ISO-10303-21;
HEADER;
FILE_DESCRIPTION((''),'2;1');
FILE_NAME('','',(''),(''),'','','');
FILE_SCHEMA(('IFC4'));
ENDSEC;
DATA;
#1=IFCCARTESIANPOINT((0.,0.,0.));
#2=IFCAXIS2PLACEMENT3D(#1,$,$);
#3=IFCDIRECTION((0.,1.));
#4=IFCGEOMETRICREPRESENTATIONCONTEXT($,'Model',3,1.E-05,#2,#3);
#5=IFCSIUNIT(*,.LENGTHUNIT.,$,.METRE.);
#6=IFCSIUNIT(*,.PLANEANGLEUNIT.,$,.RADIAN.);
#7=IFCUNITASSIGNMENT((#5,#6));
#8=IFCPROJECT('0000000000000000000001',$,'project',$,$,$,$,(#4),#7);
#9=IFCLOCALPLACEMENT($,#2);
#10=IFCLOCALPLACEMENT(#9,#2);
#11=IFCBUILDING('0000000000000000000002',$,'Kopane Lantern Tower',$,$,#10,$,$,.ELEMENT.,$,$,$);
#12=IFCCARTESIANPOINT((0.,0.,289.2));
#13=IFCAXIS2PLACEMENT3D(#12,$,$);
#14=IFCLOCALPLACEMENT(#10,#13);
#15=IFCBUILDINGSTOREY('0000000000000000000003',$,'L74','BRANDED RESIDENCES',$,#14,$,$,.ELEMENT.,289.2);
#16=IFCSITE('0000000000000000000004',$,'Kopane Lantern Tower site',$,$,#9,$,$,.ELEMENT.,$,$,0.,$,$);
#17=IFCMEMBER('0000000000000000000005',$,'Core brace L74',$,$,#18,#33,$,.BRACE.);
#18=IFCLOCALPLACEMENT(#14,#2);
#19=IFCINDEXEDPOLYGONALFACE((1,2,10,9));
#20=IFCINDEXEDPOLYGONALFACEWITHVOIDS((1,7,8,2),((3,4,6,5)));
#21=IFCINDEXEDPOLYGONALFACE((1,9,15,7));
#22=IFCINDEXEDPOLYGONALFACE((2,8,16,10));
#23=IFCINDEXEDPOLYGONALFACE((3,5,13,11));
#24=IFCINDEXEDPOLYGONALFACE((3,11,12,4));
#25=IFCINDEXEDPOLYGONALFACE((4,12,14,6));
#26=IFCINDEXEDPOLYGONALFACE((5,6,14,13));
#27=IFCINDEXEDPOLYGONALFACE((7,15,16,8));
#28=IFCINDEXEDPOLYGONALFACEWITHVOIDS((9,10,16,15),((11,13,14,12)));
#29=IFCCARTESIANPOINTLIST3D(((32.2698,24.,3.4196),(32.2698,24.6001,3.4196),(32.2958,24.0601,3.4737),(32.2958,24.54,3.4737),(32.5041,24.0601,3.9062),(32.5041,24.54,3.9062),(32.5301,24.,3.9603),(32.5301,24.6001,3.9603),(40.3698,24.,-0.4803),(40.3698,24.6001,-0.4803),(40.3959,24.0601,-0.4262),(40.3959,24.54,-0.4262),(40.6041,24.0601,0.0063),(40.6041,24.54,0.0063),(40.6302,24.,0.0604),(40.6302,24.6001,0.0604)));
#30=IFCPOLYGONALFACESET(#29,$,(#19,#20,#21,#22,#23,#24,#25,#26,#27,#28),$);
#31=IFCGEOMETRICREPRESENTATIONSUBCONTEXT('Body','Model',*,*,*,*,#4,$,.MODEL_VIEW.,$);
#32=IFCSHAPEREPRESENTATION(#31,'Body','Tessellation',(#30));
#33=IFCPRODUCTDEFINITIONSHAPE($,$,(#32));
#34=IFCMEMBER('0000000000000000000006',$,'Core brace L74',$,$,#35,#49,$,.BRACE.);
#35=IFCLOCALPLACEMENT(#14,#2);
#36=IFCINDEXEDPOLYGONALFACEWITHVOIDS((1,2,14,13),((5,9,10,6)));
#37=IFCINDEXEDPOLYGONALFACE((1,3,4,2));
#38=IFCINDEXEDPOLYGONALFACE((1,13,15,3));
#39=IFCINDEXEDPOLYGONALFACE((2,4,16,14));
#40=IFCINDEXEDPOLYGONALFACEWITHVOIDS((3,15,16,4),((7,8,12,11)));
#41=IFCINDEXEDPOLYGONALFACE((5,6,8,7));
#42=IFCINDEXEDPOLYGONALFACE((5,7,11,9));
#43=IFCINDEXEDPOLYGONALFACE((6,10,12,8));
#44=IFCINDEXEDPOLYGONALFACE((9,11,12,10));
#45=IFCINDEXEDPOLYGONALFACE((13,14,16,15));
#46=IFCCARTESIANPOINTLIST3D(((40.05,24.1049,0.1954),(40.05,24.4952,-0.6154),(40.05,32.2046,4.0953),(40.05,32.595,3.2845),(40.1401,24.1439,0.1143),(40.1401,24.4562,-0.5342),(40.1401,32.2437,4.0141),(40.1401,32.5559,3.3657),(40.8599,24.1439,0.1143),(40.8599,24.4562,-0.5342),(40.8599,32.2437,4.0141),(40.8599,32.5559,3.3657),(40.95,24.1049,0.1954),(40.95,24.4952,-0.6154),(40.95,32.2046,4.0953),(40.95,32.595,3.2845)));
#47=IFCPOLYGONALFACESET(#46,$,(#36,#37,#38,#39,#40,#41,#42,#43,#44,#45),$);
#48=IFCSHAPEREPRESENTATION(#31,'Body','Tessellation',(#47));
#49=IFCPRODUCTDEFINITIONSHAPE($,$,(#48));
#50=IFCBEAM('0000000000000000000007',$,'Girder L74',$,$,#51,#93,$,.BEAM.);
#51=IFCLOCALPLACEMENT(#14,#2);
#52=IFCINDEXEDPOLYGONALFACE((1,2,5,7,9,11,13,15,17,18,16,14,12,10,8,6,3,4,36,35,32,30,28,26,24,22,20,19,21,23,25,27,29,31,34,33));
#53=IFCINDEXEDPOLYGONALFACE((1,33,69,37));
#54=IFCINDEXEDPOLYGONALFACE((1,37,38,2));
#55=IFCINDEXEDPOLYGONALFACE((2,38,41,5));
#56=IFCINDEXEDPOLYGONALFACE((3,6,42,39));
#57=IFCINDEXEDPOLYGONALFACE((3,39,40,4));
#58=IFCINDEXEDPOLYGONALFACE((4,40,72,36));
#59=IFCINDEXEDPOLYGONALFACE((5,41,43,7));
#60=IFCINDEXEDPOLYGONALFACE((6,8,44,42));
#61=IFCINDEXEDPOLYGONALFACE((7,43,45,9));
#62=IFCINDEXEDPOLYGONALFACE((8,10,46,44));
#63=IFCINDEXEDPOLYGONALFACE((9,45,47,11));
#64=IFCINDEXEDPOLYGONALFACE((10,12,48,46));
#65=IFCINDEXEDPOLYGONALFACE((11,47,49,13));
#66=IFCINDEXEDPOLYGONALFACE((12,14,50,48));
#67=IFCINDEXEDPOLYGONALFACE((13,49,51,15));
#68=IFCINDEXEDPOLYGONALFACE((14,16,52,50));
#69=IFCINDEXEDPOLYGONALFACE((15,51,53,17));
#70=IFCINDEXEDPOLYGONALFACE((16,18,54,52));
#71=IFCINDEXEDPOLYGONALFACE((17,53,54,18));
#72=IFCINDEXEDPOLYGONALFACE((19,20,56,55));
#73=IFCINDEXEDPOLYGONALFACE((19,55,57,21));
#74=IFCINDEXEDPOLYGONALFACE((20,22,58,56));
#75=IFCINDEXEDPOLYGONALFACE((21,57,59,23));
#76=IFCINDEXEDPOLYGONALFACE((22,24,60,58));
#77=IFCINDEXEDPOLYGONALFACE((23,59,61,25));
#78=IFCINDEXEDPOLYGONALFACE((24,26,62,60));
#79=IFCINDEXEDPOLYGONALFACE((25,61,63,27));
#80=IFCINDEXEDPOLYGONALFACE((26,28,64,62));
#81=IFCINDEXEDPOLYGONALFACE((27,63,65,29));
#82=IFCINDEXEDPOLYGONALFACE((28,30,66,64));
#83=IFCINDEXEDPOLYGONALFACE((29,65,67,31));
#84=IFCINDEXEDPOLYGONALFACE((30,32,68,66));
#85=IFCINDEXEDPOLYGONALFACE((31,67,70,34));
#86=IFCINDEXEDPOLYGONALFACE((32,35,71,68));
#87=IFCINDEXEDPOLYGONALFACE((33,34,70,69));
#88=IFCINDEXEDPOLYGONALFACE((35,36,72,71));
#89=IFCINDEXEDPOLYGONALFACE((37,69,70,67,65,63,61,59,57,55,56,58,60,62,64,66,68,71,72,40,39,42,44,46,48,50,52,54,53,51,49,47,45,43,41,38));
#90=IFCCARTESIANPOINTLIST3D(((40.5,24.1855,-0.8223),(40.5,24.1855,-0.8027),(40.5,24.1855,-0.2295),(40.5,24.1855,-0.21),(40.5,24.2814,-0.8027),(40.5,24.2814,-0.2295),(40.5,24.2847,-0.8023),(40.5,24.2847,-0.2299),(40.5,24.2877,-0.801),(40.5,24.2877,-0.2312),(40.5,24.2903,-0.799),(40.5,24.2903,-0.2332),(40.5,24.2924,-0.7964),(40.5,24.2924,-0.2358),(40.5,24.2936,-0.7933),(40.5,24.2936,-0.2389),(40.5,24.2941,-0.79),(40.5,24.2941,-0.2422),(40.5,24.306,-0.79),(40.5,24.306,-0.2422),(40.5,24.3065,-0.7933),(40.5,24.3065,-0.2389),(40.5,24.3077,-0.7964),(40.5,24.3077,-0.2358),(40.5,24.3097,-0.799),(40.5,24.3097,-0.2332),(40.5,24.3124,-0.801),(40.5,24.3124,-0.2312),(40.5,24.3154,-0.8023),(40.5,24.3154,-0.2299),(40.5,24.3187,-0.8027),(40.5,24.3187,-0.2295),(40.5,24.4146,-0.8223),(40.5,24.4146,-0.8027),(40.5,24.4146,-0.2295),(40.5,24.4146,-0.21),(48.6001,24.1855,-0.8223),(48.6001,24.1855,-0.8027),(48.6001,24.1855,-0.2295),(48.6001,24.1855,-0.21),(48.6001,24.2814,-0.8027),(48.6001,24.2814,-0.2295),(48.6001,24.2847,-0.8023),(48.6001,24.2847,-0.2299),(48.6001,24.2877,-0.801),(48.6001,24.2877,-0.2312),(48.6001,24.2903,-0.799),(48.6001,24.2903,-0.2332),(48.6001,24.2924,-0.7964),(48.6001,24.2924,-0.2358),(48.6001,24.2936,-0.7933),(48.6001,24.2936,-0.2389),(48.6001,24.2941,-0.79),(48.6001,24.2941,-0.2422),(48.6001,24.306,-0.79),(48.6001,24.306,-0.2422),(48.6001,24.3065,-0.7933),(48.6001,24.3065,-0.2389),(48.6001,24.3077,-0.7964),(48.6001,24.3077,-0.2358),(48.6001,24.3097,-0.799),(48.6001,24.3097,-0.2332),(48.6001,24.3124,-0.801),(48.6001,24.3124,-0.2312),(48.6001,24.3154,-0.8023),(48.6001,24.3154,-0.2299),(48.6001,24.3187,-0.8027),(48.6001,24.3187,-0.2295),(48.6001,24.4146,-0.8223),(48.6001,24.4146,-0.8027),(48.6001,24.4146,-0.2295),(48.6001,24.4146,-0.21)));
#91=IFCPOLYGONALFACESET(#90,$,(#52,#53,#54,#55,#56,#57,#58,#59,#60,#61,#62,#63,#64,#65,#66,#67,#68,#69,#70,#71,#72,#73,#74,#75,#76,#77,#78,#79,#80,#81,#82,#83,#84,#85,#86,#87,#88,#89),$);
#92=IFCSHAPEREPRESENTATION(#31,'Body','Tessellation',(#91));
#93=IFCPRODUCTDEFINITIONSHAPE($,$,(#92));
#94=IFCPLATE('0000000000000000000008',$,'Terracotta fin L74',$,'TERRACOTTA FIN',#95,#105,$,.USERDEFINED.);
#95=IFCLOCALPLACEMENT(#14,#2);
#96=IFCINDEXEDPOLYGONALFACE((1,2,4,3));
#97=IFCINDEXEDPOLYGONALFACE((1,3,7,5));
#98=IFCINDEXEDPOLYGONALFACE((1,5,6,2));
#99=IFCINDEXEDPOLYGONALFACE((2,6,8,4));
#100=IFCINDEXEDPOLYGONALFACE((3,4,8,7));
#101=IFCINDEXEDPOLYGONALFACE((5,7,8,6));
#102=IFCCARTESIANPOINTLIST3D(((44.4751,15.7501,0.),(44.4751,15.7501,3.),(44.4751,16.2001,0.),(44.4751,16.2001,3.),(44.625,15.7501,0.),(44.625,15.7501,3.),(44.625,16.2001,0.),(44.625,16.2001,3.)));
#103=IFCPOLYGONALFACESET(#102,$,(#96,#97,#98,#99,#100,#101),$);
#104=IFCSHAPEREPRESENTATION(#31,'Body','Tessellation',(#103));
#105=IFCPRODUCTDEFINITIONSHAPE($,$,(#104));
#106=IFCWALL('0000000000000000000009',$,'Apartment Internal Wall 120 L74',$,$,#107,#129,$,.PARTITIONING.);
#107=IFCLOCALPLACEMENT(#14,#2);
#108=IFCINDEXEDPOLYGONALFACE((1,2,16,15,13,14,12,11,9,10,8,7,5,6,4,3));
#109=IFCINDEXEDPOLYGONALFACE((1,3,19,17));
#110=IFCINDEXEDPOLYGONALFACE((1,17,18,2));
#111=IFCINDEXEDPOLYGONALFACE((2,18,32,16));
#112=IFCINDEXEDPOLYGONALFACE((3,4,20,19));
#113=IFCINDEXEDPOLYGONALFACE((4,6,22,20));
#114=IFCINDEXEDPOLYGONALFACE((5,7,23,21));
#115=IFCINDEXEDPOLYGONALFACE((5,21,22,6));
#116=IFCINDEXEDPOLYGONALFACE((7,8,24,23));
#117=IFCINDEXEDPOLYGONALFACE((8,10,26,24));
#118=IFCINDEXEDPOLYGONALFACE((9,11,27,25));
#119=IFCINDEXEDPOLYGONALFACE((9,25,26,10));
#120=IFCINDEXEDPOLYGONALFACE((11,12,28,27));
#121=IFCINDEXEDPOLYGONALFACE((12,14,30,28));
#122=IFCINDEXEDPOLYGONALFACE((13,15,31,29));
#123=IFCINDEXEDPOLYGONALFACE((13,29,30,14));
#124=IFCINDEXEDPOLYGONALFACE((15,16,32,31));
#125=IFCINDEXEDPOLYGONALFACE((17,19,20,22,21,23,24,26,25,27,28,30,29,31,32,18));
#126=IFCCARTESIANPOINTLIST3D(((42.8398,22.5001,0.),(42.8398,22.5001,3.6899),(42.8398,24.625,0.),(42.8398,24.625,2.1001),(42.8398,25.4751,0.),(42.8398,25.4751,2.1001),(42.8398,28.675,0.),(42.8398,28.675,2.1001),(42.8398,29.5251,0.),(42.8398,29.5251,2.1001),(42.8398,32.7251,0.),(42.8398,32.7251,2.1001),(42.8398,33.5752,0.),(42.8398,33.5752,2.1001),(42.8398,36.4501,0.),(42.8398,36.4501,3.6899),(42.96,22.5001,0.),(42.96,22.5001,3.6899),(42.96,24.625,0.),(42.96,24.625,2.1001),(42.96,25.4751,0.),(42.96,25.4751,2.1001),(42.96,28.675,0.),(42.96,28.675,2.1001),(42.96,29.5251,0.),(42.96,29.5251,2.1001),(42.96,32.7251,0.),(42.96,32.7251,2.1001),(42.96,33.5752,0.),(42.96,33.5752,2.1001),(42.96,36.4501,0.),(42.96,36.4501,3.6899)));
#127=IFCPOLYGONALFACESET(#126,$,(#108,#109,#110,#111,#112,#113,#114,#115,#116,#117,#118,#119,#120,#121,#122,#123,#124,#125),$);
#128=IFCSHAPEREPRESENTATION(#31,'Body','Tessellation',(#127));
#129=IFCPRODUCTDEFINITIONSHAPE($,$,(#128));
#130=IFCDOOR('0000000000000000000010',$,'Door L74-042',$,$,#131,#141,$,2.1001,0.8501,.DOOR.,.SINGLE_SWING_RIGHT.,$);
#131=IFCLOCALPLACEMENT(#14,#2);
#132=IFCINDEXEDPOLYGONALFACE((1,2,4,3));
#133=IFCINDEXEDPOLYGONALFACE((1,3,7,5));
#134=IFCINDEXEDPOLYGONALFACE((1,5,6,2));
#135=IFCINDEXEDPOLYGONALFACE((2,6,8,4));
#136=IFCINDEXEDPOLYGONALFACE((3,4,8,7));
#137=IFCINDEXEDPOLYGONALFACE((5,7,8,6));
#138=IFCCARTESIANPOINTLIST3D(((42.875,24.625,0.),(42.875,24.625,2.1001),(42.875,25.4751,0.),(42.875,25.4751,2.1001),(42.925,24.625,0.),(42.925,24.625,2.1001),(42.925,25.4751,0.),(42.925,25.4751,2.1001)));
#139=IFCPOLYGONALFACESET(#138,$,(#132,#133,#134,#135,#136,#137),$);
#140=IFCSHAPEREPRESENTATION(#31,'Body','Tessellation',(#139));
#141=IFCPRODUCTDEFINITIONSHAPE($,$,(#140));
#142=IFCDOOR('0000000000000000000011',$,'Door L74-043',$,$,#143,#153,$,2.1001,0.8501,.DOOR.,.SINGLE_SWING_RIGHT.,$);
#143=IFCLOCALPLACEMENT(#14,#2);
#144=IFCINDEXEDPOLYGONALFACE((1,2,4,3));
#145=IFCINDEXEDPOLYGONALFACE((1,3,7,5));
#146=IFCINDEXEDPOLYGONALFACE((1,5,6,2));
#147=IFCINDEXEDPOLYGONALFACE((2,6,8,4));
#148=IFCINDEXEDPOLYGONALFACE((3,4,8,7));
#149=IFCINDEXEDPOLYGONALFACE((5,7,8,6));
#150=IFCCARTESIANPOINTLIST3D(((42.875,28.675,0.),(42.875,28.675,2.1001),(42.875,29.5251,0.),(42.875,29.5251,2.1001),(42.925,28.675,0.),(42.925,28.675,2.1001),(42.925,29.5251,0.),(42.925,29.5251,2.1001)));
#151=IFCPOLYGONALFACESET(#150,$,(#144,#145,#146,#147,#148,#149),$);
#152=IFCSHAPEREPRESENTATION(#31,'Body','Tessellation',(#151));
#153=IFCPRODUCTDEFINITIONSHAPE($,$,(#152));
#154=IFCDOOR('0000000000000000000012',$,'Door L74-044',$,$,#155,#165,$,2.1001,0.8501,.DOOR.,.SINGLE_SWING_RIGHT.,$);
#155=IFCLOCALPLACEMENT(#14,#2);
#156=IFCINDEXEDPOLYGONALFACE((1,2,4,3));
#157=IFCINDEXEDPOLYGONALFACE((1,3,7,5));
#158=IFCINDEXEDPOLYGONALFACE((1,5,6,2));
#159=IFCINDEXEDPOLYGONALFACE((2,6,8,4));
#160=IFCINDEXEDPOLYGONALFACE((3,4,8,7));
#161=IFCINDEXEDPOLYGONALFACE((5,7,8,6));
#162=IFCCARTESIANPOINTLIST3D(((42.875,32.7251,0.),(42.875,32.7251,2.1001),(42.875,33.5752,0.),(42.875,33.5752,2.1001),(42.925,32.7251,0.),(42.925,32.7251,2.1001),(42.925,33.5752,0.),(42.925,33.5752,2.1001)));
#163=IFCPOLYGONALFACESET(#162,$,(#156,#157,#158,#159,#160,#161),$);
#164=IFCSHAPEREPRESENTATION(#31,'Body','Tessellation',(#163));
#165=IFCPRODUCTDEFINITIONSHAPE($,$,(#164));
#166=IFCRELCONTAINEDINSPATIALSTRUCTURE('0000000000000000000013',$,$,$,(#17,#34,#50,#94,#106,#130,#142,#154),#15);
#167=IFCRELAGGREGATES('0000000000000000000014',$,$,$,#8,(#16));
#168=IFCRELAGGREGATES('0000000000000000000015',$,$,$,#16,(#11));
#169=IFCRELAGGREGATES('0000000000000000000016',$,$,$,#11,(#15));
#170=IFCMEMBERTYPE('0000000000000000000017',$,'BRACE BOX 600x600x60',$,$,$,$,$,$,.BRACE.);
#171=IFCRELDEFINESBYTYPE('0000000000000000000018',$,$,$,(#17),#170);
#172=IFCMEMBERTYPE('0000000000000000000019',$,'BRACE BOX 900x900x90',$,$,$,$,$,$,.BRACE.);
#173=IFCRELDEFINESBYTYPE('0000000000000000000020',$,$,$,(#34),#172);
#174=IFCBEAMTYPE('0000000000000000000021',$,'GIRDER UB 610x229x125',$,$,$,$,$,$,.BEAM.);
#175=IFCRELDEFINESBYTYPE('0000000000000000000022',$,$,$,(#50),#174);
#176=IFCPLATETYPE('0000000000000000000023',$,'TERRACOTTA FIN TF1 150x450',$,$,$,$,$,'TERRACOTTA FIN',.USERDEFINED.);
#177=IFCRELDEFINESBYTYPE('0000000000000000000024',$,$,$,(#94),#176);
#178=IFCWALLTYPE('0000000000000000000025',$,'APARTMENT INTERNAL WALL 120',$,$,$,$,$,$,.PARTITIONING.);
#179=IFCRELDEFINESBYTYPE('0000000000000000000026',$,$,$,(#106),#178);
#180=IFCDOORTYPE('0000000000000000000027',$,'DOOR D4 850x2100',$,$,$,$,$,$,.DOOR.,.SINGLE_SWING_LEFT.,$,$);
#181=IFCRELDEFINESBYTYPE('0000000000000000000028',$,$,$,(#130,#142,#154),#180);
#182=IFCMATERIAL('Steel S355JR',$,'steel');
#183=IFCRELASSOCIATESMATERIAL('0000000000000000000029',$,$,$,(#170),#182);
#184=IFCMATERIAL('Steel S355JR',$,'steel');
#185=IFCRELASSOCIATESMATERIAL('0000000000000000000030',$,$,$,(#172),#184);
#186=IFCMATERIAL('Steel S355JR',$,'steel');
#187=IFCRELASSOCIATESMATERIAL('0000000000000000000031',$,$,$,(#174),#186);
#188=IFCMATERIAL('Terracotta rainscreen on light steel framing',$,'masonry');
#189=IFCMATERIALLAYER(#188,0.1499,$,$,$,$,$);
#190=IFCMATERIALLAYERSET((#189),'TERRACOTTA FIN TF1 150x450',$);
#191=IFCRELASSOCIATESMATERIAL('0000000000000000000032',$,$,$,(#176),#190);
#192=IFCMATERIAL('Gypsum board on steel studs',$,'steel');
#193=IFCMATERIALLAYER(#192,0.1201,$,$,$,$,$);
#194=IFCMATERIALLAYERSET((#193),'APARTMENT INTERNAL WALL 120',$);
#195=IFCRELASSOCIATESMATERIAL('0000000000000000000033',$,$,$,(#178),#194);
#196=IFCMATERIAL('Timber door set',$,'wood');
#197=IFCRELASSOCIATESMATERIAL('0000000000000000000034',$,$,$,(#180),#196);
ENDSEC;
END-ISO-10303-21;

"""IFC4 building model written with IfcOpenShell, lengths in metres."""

from ifc_helpers import new_model, si_unit, direction, frame, frame_2d, origin, origin_2d, place, context, subcontext, project, spatial, rectangle, hollow_rectangle, i_section, extrude, material, layer, layer_set, material_profile, profile_set, type_object, element, fill, save


model = new_model("IFC4")

# Units and contexts
model_context = context("Model", 3, precision=1e-05, world=origin(), true_north=direction((0.0, 1.0)))
body_context = subcontext(model_context, "Body", "Model", "MODEL_VIEW")
ifc_project = project(units=[si_unit("LENGTHUNIT", "METRE"), si_unit("PLANEANGLEUNIT", "RADIAN")], contexts=[model_context])

# Site, building, storey
site_placement = place(None, origin())
site = spatial("IfcSite", under=ifc_project, at=site_placement, Name="Kopane Lantern Tower site", CompositionType="ELEMENT", RefElevation=0.0)
building_placement = place(site_placement, origin())
building = spatial("IfcBuilding", under=site, at=building_placement, Name="Kopane Lantern Tower", CompositionType="ELEMENT")
storey_placement = place(building_placement, frame((0.0, 0.0, 289.2)))
storey = spatial("IfcBuildingStorey", under=building, at=storey_placement, Name="L74", Description="BRANDED RESIDENCES", CompositionType="ELEMENT", Elevation=289.2)

# Members
ifc_material_1 = material(Name="Steel S355JR", Category="steel")
ifc_material_profile_1 = material_profile(ifc_material_1, hollow_rectangle(XDim=0.6001, YDim=0.6001, WallThickness=0.0601, at=origin_2d()), Name="BOX 600x600x60")
ifc_profile_set_1 = profile_set([ifc_material_profile_1], Name="Steel S355JR")
member_type_1 = type_object("IfcMemberType", Name="BRACE BOX 600x600x60", PredefinedType="BRACE", material=ifc_profile_set_1)
member_1_placement = place(storey_placement, frame((40.5, 24.3, -0.21), z_axis=(-0.901008, 0.0, 0.433803), x_axis=(0.0, -1.0, 0.0)))
element("IfcMember", 1, at=member_1_placement, inside=storey, type_object=member_type_1, Name="Core brace L74", PredefinedType="BRACE", context=body_context, shape_type="SweptSolid", body=[
    extrude(hollow_rectangle(XDim=0.6001, YDim=0.6001, WallThickness=0.0601, at=origin_2d()), origin(), (0.0, 0.0, 1.0), 8.99),
])
ifc_material_2 = material(Name="Steel S355JR", Category="steel")
ifc_material_profile_2 = material_profile(ifc_material_2, hollow_rectangle(XDim=0.8999, YDim=0.8999, WallThickness=0.0901, at=origin_2d()), Name="BOX 900x900x90")
ifc_profile_set_2 = profile_set([ifc_material_profile_2], Name="Steel S355JR")
member_type_2 = type_object("IfcMemberType", Name="BRACE BOX 900x900x90", PredefinedType="BRACE", material=ifc_profile_set_2)
member_2_placement = place(storey_placement, frame((40.5, 24.3, -0.21), z_axis=(0.0, 0.901003, 0.433813), x_axis=(-1.0, 0.0, 0.0)))
element("IfcMember", 2, at=member_2_placement, inside=storey, type_object=member_type_2, Name="Core brace L74", PredefinedType="BRACE", context=body_context, shape_type="SweptSolid", body=[
    extrude(hollow_rectangle(XDim=0.8999, YDim=0.8999, WallThickness=0.0901, at=origin_2d()), origin(), (0.0, 0.0, 1.0), 8.9897),
])

# Beam
ifc_material_3 = material(Name="Steel S355JR", Category="steel")
ifc_material_profile_3 = material_profile(ifc_material_3, i_section(OverallWidth=0.229, OverallDepth=0.6123, WebThickness=0.012, FlangeThickness=0.0195, FilletRadius=0.0127, at=origin_2d()), Name="UB 610x229x125")
ifc_profile_set_3 = profile_set([ifc_material_profile_3], Name="Steel S355JR")
beam_type = type_object("IfcBeamType", Name="GIRDER UB 610x229x125", PredefinedType="BEAM", material=ifc_profile_set_3)
beam_placement = place(storey_placement, frame((40.5, 24.3, -0.5161), z_axis=(1.0, 0.0, 0.0), x_axis=(0.0, 1.0, 0.0)))
element("IfcBeam", 3, at=beam_placement, inside=storey, type_object=beam_type, Name="Girder L74", PredefinedType="BEAM", context=body_context, shape_type="SweptSolid", body=[
    extrude(i_section(OverallWidth=0.229, OverallDepth=0.6123, WebThickness=0.012, FlangeThickness=0.0195, FilletRadius=0.0127, at=origin_2d()), origin(), (0.0, 0.0, 1.0), 8.1001),
])

# Plate
ifc_material_4 = material(Name="Terracotta rainscreen on light steel framing", Category="masonry")
ifc_layer_1 = layer(ifc_material_4, 0.1499)
ifc_layer_set_1 = layer_set([ifc_layer_1], Name="TERRACOTTA FIN TF1 150x450")
plate_type = type_object("IfcPlateType", Name="TERRACOTTA FIN TF1 150x450", ElementType="TERRACOTTA FIN", PredefinedType="USERDEFINED", material=ifc_layer_set_1)
plate_placement = place(storey_placement, frame((44.55, 15.9751, 0.0), z_axis=(0.0, 0.0, 1.0), x_axis=(1.0, 0.0, 0.0)))
element("IfcPlate", 4, at=plate_placement, inside=storey, type_object=plate_type, Name="Terracotta fin L74", ObjectType="TERRACOTTA FIN", PredefinedType="USERDEFINED", context=body_context, shape_type="SweptSolid", body=[
    extrude(rectangle(XDim=0.1499, YDim=0.45, at=origin_2d()), origin(), (0.0, 0.0, 1.0), 3.0),
])

# Wall, openings, doors
ifc_material_5 = material(Name="Gypsum board on steel studs", Category="steel")
ifc_layer_2 = layer(ifc_material_5, 0.1201)
ifc_layer_set_2 = layer_set([ifc_layer_2], Name="APARTMENT INTERNAL WALL 120")
wall_type_1 = type_object("IfcWallType", Name="APARTMENT INTERNAL WALL 120", PredefinedType="PARTITIONING", material=ifc_layer_set_2)
wall_1_placement = place(storey_placement, frame((42.8999, 22.5, 0.0), z_axis=(0.0, 0.0, 1.0), x_axis=(0.0, 1.0, 0.0)))
wall_1 = element("IfcWall", 5, at=wall_1_placement, inside=storey, type_object=wall_type_1, Name="Apartment Internal Wall 120 L74", PredefinedType="PARTITIONING", context=body_context, shape_type="SweptSolid", body=[
    extrude(rectangle(XDim=13.95, YDim=0.1201, at=frame_2d((6.9751, 0.0))), origin(), (0.0, 0.0, 1.0), 3.6899),
])
opening_1_placement = place(wall_1_placement, frame((2.125, 0.0, 0.0)))
opening_1 = element("IfcOpeningElement", 6, at=opening_1_placement, cuts=wall_1, PredefinedType="OPENING", context=body_context, shape_type="SweptSolid", body=[
    extrude(rectangle(XDim=0.8501, YDim=2.1001, at=frame_2d((0.425, 1.05))), frame((0.0, 0.0701, 0.0), z_axis=(0.0, -1.0, 0.0), x_axis=(1.0, 0.0, 0.0)), (0.0, 0.0, 1.0), 0.1401),
])
opening_2_placement = place(wall_1_placement, frame((6.175, 0.0, 0.0)))
opening_2 = element("IfcOpeningElement", 7, at=opening_2_placement, cuts=wall_1, PredefinedType="OPENING", context=body_context, shape_type="SweptSolid", body=[
    extrude(rectangle(XDim=0.8501, YDim=2.1001, at=frame_2d((0.425, 1.05))), frame((0.0, 0.0701, 0.0), z_axis=(0.0, -1.0, 0.0), x_axis=(1.0, 0.0, 0.0)), (0.0, 0.0, 1.0), 0.1401),
])
opening_3_placement = place(wall_1_placement, frame((10.2251, 0.0, 0.0)))
opening_3 = element("IfcOpeningElement", 8, at=opening_3_placement, cuts=wall_1, PredefinedType="OPENING", context=body_context, shape_type="SweptSolid", body=[
    extrude(rectangle(XDim=0.8501, YDim=2.1001, at=frame_2d((0.425, 1.05))), frame((0.0, 0.0701, 0.0), z_axis=(0.0, -1.0, 0.0), x_axis=(1.0, 0.0, 0.0)), (0.0, 0.0, 1.0), 0.1401),
])
ifc_material_6 = material(Name="Timber door set", Category="wood")
door_type = type_object("IfcDoorType", Name="DOOR D4 850x2100", OperationType="SINGLE_SWING_LEFT", PredefinedType="DOOR", material=ifc_material_6)
door_1_placement = place(opening_1_placement, origin())
door_1 = element("IfcDoor", 9, at=door_1_placement, inside=storey, type_object=door_type, Name="Door L74-042", OperationType="SINGLE_SWING_RIGHT", OverallHeight=2.1001, OverallWidth=0.8501, PredefinedType="DOOR", context=body_context, shape_type="SweptSolid", body=[
    extrude(rectangle(XDim=0.8501, YDim=2.1001, at=frame_2d((0.425, 1.05))), frame((0.0, 0.0249, 0.0), z_axis=(0.0, -1.0, 0.0), x_axis=(1.0, 0.0, 0.0)), (0.0, 0.0, 1.0), 0.05),
])
fill(opening_1, door_1)
door_2_placement = place(opening_2_placement, origin())
door_2 = element("IfcDoor", 10, at=door_2_placement, inside=storey, type_object=door_type, Name="Door L74-043", OperationType="SINGLE_SWING_RIGHT", OverallHeight=2.1001, OverallWidth=0.8501, PredefinedType="DOOR", context=body_context, shape_type="SweptSolid", body=[
    extrude(rectangle(XDim=0.8501, YDim=2.1001, at=frame_2d((0.425, 1.05))), frame((0.0, 0.0249, 0.0), z_axis=(0.0, -1.0, 0.0), x_axis=(1.0, 0.0, 0.0)), (0.0, 0.0, 1.0), 0.05),
])
fill(opening_2, door_2)
door_3_placement = place(opening_3_placement, origin())
door_3 = element("IfcDoor", 11, at=door_3_placement, inside=storey, type_object=door_type, Name="Door L74-044", OperationType="SINGLE_SWING_RIGHT", OverallHeight=2.1001, OverallWidth=0.8501, PredefinedType="DOOR", context=body_context, shape_type="SweptSolid", body=[
    extrude(rectangle(XDim=0.8501, YDim=2.1001, at=frame_2d((0.425, 1.05))), frame((0.0, 0.0249, 0.0), z_axis=(0.0, -1.0, 0.0), x_axis=(1.0, 0.0, 0.0)), (0.0, 0.0, 1.0), 0.05),
])
fill(opening_3, door_3)

save(model, "model.ifc")
